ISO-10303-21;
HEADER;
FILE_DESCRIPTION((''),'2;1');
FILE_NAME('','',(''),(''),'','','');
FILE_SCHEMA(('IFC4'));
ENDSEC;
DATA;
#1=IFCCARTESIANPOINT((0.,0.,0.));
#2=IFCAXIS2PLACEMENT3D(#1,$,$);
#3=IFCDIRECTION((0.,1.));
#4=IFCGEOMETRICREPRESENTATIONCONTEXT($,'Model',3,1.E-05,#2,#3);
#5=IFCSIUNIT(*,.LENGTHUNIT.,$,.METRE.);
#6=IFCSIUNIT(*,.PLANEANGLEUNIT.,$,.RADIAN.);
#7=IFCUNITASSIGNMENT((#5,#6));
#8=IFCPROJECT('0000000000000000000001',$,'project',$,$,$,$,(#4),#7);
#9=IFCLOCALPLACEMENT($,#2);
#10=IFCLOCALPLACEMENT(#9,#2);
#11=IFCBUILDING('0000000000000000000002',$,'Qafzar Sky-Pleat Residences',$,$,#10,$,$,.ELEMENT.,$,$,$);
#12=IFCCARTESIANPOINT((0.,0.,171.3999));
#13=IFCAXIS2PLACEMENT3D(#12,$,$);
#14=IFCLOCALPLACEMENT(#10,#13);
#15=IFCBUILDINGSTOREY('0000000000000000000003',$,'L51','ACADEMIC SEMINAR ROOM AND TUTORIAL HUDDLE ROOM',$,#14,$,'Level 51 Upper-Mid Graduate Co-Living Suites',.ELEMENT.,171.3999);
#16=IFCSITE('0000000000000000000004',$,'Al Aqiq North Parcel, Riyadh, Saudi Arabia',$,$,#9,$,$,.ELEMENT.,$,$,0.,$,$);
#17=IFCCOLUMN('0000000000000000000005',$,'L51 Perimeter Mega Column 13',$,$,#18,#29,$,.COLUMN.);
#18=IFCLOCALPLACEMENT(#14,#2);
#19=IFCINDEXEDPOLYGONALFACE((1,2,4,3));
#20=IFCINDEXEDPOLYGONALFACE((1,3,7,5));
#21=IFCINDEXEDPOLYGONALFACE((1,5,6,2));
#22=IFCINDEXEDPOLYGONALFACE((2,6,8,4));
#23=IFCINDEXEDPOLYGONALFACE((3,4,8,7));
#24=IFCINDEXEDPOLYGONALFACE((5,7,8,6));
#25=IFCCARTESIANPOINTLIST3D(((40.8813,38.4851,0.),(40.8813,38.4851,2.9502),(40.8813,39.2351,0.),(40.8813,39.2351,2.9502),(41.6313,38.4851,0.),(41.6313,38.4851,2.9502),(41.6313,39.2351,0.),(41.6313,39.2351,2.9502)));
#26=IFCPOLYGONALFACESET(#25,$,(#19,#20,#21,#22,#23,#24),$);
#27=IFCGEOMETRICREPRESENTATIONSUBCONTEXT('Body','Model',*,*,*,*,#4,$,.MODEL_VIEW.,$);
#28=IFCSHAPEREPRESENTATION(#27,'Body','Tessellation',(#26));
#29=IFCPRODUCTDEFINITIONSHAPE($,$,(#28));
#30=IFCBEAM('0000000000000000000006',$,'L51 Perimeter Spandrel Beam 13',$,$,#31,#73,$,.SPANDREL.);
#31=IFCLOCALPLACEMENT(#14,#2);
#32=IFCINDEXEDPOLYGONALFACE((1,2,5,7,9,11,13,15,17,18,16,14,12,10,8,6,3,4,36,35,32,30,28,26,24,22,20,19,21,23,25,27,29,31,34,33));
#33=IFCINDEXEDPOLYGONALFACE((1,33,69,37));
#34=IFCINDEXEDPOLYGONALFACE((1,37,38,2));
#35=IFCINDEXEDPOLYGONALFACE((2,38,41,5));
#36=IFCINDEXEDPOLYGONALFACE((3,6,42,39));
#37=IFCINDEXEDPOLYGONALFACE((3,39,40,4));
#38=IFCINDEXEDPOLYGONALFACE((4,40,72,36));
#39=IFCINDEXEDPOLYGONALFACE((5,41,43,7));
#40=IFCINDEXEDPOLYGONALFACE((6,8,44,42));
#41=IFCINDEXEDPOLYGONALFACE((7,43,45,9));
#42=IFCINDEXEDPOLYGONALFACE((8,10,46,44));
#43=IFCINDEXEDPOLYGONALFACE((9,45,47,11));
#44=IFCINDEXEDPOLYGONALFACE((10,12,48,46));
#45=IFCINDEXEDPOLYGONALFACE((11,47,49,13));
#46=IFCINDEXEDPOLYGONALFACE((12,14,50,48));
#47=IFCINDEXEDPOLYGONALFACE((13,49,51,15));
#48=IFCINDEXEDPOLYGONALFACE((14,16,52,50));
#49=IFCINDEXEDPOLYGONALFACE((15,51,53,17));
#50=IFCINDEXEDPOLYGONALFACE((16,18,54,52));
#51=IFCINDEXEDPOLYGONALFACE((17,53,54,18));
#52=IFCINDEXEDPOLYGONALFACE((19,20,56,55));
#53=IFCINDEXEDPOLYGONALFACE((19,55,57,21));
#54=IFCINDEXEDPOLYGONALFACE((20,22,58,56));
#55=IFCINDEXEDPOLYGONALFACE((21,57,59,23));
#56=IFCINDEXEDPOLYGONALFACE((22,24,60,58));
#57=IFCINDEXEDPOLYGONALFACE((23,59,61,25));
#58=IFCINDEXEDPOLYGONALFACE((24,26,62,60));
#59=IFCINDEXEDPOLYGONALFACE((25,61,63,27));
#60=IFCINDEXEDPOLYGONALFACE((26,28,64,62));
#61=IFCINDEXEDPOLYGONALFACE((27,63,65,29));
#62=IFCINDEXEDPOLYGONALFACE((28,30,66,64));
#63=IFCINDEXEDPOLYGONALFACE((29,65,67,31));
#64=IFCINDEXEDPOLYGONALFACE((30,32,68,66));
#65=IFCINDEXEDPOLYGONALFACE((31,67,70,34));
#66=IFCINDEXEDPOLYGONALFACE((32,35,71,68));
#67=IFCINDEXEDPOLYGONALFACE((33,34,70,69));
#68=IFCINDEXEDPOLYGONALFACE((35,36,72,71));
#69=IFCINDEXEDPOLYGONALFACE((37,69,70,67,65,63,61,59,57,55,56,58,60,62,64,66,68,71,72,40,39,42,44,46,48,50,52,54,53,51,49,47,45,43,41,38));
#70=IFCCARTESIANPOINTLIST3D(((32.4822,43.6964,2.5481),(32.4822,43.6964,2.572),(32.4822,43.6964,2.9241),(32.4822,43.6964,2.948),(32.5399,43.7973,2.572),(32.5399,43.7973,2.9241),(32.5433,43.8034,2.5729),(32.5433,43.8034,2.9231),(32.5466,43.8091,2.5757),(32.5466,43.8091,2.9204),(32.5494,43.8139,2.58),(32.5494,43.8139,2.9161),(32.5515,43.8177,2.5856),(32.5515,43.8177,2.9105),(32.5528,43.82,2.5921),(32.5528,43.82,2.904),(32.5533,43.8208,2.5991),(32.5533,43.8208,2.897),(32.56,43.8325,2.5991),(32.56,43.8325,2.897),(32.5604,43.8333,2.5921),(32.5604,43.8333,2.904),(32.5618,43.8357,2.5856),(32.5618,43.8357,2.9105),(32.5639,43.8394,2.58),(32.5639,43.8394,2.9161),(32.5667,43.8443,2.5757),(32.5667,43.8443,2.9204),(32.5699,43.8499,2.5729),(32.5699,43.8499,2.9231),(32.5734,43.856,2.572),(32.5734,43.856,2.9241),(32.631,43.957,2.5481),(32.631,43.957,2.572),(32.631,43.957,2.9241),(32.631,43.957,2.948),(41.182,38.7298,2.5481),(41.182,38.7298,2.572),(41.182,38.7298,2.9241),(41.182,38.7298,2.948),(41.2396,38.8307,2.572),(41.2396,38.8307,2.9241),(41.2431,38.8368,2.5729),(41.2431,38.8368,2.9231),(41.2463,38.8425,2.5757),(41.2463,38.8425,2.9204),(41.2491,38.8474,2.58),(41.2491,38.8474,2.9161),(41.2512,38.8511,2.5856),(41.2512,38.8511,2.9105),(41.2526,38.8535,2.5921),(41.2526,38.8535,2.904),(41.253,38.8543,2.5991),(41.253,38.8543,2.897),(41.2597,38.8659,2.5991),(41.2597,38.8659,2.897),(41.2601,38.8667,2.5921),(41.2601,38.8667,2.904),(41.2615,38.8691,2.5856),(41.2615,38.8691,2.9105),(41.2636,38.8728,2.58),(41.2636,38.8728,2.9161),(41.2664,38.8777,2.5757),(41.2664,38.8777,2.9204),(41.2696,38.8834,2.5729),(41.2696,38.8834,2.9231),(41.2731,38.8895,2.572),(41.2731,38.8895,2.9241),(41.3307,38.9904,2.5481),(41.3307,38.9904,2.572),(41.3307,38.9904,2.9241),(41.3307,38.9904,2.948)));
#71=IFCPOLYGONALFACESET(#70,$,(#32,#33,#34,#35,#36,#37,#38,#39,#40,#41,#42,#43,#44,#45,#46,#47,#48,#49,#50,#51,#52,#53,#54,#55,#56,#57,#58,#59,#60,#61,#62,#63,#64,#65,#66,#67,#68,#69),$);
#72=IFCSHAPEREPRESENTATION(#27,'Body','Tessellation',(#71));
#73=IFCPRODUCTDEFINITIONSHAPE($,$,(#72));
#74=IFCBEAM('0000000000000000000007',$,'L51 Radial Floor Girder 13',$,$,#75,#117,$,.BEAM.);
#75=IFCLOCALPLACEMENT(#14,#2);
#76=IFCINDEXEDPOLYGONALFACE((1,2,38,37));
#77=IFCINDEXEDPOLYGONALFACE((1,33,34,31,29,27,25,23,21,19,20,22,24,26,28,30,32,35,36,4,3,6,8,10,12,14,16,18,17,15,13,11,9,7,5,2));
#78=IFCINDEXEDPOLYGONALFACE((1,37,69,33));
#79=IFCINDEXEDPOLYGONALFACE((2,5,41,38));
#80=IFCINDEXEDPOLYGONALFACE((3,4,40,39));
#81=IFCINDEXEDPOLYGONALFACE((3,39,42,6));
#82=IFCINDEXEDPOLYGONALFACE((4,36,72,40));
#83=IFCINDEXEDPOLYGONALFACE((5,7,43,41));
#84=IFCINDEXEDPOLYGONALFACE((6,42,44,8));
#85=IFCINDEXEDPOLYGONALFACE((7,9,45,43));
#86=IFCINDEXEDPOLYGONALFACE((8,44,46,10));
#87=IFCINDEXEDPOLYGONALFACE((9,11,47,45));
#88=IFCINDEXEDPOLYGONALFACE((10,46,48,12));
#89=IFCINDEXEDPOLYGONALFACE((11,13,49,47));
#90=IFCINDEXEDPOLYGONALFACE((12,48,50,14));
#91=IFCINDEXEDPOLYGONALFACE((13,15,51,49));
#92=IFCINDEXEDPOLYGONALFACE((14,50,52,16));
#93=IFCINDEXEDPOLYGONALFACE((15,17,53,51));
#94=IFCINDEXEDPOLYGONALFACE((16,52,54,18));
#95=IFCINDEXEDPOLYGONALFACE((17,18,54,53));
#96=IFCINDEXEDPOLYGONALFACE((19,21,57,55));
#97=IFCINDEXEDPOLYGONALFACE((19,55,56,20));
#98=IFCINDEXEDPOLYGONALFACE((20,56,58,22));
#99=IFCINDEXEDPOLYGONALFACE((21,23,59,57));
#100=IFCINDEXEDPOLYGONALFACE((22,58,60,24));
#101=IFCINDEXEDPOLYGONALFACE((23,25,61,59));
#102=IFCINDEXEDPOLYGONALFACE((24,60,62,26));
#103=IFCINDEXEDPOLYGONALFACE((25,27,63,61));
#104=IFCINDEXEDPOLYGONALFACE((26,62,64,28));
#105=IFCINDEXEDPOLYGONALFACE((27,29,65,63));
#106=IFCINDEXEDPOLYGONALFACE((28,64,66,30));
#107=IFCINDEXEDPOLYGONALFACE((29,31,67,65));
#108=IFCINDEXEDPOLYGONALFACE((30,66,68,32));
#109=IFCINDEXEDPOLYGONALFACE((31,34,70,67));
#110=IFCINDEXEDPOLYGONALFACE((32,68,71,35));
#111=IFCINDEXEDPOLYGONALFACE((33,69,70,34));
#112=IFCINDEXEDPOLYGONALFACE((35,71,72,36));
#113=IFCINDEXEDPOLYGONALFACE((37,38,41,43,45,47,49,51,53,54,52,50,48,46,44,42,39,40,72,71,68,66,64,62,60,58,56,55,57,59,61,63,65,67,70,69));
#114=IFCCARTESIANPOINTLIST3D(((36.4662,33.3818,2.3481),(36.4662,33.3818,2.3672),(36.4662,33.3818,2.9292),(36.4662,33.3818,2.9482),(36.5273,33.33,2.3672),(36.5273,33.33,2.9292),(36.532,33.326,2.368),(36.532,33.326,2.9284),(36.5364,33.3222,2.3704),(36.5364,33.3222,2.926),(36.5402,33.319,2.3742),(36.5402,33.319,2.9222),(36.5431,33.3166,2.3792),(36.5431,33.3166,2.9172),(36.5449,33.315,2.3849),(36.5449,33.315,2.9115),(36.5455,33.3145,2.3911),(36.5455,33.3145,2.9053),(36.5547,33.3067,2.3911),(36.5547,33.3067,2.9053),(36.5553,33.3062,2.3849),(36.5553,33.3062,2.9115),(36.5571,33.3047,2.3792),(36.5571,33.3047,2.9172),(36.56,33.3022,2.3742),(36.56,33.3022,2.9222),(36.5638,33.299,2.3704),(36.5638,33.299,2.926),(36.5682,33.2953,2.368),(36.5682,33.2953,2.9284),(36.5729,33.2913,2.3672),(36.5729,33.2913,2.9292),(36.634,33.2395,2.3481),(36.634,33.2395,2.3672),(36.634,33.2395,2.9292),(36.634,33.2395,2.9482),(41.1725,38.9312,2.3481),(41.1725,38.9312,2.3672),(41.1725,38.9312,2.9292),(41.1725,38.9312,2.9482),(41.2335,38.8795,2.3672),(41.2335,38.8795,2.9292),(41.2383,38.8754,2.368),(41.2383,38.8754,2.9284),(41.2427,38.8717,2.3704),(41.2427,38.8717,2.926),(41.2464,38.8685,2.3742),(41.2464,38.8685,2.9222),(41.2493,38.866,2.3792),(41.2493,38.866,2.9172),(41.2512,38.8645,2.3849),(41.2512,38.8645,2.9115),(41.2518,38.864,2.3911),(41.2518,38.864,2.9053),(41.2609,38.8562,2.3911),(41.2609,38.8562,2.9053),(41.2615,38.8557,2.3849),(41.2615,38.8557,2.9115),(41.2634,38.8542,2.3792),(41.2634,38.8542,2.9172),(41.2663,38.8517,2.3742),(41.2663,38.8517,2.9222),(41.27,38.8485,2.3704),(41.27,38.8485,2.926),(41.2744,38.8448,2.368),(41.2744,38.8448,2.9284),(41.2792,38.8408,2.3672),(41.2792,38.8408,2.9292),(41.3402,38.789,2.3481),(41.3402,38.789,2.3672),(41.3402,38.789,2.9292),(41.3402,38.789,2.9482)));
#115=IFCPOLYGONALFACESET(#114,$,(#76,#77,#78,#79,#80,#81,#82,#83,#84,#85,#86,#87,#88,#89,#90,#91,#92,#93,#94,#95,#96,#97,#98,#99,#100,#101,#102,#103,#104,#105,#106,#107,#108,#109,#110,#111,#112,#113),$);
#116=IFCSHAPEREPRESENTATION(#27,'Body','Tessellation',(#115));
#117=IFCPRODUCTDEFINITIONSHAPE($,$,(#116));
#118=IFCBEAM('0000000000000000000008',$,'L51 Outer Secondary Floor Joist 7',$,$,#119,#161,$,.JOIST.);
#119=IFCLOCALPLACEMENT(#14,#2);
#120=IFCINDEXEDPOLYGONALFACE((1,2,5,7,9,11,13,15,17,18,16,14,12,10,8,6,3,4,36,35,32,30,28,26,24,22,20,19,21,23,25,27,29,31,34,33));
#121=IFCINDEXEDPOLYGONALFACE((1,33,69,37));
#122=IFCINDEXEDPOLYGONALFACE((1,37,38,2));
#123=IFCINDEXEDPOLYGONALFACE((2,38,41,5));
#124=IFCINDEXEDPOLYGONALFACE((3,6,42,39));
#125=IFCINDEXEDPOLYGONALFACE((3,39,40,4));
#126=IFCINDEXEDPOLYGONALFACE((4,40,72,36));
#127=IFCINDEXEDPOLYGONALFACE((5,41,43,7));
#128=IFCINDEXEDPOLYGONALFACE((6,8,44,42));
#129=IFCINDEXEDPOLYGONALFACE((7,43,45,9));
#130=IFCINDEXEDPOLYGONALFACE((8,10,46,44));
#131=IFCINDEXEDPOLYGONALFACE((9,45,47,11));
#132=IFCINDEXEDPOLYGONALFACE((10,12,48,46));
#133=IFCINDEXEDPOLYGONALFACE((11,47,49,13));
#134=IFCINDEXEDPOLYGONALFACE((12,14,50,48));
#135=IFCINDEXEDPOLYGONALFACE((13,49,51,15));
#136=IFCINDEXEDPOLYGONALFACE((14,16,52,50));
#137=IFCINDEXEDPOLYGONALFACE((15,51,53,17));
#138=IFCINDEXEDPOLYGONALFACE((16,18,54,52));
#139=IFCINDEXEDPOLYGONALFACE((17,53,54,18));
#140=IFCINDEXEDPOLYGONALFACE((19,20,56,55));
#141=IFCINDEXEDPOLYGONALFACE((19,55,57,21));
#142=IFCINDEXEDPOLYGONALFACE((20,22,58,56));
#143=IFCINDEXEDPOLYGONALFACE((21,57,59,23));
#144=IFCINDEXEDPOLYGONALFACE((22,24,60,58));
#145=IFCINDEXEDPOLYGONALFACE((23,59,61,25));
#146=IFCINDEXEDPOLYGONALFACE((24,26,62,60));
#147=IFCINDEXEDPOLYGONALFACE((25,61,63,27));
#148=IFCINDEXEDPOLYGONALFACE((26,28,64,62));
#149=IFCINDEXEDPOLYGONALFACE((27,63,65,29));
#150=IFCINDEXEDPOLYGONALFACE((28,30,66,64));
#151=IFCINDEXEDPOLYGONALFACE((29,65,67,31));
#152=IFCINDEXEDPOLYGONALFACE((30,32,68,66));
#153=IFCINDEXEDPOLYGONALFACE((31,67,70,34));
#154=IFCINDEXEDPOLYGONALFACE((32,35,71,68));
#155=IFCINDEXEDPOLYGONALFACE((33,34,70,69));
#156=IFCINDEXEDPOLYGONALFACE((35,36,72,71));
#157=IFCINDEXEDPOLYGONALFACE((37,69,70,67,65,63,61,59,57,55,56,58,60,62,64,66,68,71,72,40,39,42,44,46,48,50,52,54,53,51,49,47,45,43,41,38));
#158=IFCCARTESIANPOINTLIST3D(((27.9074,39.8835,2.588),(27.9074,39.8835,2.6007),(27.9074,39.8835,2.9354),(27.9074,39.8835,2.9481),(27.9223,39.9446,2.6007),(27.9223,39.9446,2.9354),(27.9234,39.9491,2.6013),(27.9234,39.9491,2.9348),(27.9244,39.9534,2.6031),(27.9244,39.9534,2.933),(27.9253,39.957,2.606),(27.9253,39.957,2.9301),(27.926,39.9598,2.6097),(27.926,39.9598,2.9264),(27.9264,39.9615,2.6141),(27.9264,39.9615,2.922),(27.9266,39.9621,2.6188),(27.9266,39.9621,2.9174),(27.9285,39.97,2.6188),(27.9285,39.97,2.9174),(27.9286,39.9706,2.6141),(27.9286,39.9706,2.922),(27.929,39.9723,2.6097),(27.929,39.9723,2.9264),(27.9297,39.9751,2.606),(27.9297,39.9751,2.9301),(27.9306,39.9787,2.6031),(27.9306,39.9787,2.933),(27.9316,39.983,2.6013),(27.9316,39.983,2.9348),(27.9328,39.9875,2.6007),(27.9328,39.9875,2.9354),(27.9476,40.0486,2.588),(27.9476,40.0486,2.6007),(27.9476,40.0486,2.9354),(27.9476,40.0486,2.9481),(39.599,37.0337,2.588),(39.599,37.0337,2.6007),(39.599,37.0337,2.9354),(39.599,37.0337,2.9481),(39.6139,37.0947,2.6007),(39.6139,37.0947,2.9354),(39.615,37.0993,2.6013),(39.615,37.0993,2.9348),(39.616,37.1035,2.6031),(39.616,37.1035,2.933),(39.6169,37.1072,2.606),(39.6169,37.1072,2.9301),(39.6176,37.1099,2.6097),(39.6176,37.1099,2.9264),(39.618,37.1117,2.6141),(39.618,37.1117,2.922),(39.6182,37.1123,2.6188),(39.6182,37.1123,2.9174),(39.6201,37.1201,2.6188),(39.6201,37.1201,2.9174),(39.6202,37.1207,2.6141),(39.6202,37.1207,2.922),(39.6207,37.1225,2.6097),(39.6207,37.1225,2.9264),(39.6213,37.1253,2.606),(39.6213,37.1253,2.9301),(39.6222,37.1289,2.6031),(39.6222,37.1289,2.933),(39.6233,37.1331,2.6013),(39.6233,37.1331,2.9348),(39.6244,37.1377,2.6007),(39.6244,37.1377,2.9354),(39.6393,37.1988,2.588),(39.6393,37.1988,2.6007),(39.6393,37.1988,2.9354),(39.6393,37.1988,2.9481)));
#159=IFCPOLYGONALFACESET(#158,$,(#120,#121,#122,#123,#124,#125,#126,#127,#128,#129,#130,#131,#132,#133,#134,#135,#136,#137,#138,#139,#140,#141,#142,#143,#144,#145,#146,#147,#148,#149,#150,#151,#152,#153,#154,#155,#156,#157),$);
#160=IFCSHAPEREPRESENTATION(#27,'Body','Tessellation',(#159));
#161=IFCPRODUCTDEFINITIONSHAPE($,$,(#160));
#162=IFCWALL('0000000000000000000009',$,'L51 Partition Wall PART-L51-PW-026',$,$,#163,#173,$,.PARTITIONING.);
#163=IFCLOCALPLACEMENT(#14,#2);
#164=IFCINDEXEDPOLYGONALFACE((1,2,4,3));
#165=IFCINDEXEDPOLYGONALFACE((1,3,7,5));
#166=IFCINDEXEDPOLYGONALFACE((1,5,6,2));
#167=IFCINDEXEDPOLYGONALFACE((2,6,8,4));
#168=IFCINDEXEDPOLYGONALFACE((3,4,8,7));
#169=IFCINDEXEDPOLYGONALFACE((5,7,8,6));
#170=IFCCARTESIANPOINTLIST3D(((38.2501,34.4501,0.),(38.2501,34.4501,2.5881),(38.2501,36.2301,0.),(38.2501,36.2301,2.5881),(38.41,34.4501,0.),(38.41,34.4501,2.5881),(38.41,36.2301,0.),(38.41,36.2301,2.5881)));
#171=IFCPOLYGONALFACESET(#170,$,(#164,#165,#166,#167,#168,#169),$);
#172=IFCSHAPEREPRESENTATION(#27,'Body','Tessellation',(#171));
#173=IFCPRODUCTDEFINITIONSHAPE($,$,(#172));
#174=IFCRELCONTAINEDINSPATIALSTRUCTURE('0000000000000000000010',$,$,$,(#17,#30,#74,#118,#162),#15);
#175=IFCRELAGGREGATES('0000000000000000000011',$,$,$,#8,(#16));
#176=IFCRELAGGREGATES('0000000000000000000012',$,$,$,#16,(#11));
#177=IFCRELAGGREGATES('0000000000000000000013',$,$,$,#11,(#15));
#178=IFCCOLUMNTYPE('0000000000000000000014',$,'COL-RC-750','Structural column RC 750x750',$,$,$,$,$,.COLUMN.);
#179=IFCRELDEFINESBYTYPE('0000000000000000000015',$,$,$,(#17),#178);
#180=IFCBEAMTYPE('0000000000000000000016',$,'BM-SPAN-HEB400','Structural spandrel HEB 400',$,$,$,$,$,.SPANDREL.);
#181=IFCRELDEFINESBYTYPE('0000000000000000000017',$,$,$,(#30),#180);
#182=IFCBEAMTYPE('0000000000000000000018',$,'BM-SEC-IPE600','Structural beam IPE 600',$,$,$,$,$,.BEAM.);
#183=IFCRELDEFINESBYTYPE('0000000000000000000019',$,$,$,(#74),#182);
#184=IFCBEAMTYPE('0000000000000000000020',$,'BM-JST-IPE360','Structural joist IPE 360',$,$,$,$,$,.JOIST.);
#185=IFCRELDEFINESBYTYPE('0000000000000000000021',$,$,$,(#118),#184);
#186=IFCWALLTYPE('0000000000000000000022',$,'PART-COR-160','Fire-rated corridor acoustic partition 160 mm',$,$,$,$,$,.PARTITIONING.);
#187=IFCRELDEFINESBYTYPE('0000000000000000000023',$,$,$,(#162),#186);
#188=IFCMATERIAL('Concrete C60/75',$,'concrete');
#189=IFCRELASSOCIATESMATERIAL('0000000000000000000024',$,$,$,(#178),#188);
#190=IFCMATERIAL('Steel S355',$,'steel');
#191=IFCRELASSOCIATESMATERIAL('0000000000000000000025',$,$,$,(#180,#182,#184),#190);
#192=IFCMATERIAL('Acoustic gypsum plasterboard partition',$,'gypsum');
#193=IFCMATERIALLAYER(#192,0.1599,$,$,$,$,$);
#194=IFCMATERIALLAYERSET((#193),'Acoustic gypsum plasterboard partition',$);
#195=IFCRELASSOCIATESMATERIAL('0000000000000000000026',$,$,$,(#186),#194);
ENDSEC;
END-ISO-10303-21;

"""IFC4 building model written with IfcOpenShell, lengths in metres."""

from ifc_helpers import new_model, si_unit, direction, frame, frame_2d, origin, origin_2d, place, context, subcontext, project, spatial, rectangle, i_section, extrude, source, transform, mapped, material, layer, layer_set, material_profile, profile_set, type_object, element, save


model = new_model("IFC4")

# Units and contexts
model_context = context("Model", 3, precision=1e-05, world=origin(), true_north=direction((0.0, 1.0)))
body_context = subcontext(model_context, "Body", "Model", "MODEL_VIEW")
ifc_project = project(units=[si_unit("LENGTHUNIT", "METRE"), si_unit("PLANEANGLEUNIT", "RADIAN")], contexts=[model_context])

# Site, building, storey
site_placement = place(None, origin())
site = spatial("IfcSite", under=ifc_project, at=site_placement, Name="Al Aqiq North Parcel, Riyadh, Saudi Arabia", CompositionType="ELEMENT", RefElevation=0.0)
building_placement = place(site_placement, origin())
building = spatial("IfcBuilding", under=site, at=building_placement, Name="Qafzar Sky-Pleat Residences", CompositionType="ELEMENT")
storey_placement = place(building_placement, frame((0.0, 0.0, 171.3999)))
storey = spatial("IfcBuildingStorey", under=building, at=storey_placement, Name="L51", Description="ACADEMIC SEMINAR ROOM AND TUTORIAL HUDDLE ROOM", LongName="Level 51 Upper-Mid Graduate Co-Living Suites", CompositionType="ELEMENT", Elevation=171.3999)

# Column
ifc_material_1 = material(Name="Concrete C60/75", Category="concrete")
ifc_material_profile_1 = material_profile(ifc_material_1, rectangle(XDim=0.75, YDim=0.75, at=origin_2d()), Name="RC 750x750")
ifc_profile_set_1 = profile_set([ifc_material_profile_1], Name="Concrete C60/75")
column_type = type_object("IfcColumnType", Name="COL-RC-750", Description="Structural column RC 750x750", PredefinedType="COLUMN", material=ifc_profile_set_1)
shared_shape_1 = source(origin(), body_context, "Body", "SweptSolid", [
    extrude(rectangle(XDim=0.75, YDim=0.75, at=origin_2d()), origin(), (0.0, 0.0, 1.0), 2.9502),
])
column_placement = place(storey_placement, frame((41.2563, 38.8601, 0.0), z_axis=(0.0, 0.0, 1.0), x_axis=(1.0, 0.0, 0.0)))
element("IfcColumn", 1, at=column_placement, inside=storey, type_object=column_type, Name="L51 Perimeter Mega Column 13", PredefinedType="COLUMN", context=body_context, shape_type="MappedRepresentation", body=[
    mapped(shared_shape_1, transform((0.0, 0.0, 0.0), x_axis=(1.0, 0.0, 0.0), y_axis=(0.0, 1.0, 0.0), z_axis=(0.0, 0.0, 1.0), scale=1.0)),
])

# Beams
ifc_material_2 = material(Name="Steel S355", Category="steel")
ifc_material_profile_2 = material_profile(ifc_material_2, i_section(OverallWidth=0.3, OverallDepth=0.3999, WebThickness=0.0134, FlangeThickness=0.0239, FilletRadius=0.0271, at=origin_2d()), Name="HEB 400")
ifc_profile_set_2 = profile_set([ifc_material_profile_2], Name="Steel S355")
beam_type_1 = type_object("IfcBeamType", Name="BM-SPAN-HEB400", Description="Structural spandrel HEB 400", PredefinedType="SPANDREL", material=ifc_profile_set_2)
shared_shape_2 = source(origin(), body_context, "Body", "SweptSolid", [
    extrude(i_section(OverallWidth=0.3, OverallDepth=0.3999, WebThickness=0.0134, FlangeThickness=0.0239, FilletRadius=0.0271, at=origin_2d()), origin(), (0.0, 0.0, 1.0), 10.0176),
])
beam_1_placement = place(storey_placement, frame((41.2563, 38.8601, 2.748), z_axis=(-0.868446, 0.495785, 0.0), x_axis=(-0.495785, -0.868446, 0.0)))
element("IfcBeam", 2, at=beam_1_placement, inside=storey, type_object=beam_type_1, Name="L51 Perimeter Spandrel Beam 13", PredefinedType="SPANDREL", context=body_context, shape_type="MappedRepresentation", body=[
    mapped(shared_shape_2, transform((0.0, 0.0, 0.0), x_axis=(1.0, 0.0, 0.0), y_axis=(0.0, 1.0, 0.0), z_axis=(0.0, 0.0, 1.0), scale=1.0)),
])
ifc_material_profile_3 = material_profile(ifc_material_2, i_section(OverallWidth=0.22, OverallDepth=0.6001, WebThickness=0.012, FlangeThickness=0.019, FilletRadius=0.0239, at=origin_2d()), Name="IPE 600")
ifc_profile_set_3 = profile_set([ifc_material_profile_3], Name="Steel S355")
beam_type_2 = type_object("IfcBeamType", Name="BM-SEC-IPE600", Description="Structural beam IPE 600", PredefinedType="BEAM", material=ifc_profile_set_3)
shared_shape_3 = source(origin(), body_context, "Body", "SweptSolid", [
    extrude(i_section(OverallWidth=0.22, OverallDepth=0.6001, WebThickness=0.012, FlangeThickness=0.019, FilletRadius=0.0239, at=origin_2d()), origin(), (0.0, 0.0, 1.0), 7.2764),
])
beam_2_placement = place(storey_placement, frame((41.2563, 38.8601, 2.6482), z_axis=(-0.646784, -0.762673, 0.0), x_axis=(0.762673, -0.646784, 0.0)))
element("IfcBeam", 3, at=beam_2_placement, inside=storey, type_object=beam_type_2, Name="L51 Radial Floor Girder 13", PredefinedType="BEAM", context=body_context, shape_type="MappedRepresentation", body=[
    mapped(shared_shape_3, transform((0.0, 0.0, 0.0), x_axis=(1.0, 0.0, 0.0), y_axis=(0.0, 1.0, 0.0), z_axis=(0.0, 0.0, 1.0), scale=1.0)),
])
ifc_material_profile_4 = material_profile(ifc_material_2, i_section(OverallWidth=0.1699, OverallDepth=0.3601, WebThickness=0.0081, FlangeThickness=0.0127, FilletRadius=0.0181, at=origin_2d()), Name="IPE 360")
ifc_profile_set_4 = profile_set([ifc_material_profile_4], Name="Steel S355")
beam_type_3 = type_object("IfcBeamType", Name="BM-JST-IPE360", Description="Structural joist IPE 360", PredefinedType="JOIST", material=ifc_profile_set_4)
shared_shape_4 = source(origin(), body_context, "Body", "SweptSolid", [
    extrude(i_section(OverallWidth=0.1699, OverallDepth=0.3601, WebThickness=0.0081, FlangeThickness=0.0127, FilletRadius=0.0181, at=origin_2d()), origin(), (0.0, 0.0, 1.0), 12.0339),
])
beam_3_placement = place(storey_placement, frame((39.6191, 37.1162, 2.7681), z_axis=(-0.971554, 0.236817, 0.0), x_axis=(-0.236817, -0.971554, 0.0)))
element("IfcBeam", 4, at=beam_3_placement, inside=storey, type_object=beam_type_3, Name="L51 Outer Secondary Floor Joist 7", PredefinedType="JOIST", context=body_context, shape_type="MappedRepresentation", body=[
    mapped(shared_shape_4, transform((0.0, 0.0, 0.0), x_axis=(1.0, 0.0, 0.0), y_axis=(0.0, 1.0, 0.0), z_axis=(0.0, 0.0, 1.0), scale=1.0)),
])

# Wall
ifc_material_3 = material(Name="Acoustic gypsum plasterboard partition", Category="gypsum")
ifc_layer_1 = layer(ifc_material_3, 0.1599)
ifc_layer_set_1 = layer_set([ifc_layer_1], Name="Acoustic gypsum plasterboard partition")
wall_type_1 = type_object("IfcWallType", Name="PART-COR-160", Description="Fire-rated corridor acoustic partition 160 mm", PredefinedType="PARTITIONING", material=ifc_layer_set_1)
wall_1_placement = place(storey_placement, frame((38.3301, 34.45, 0.0), z_axis=(0.0, 0.0, 1.0), x_axis=(0.0, 1.0, 0.0)))
element("IfcWall", 5, at=wall_1_placement, inside=storey, type_object=wall_type_1, Name="L51 Partition Wall PART-L51-PW-026", PredefinedType="PARTITIONING", context=body_context, shape_type="SweptSolid", body=[
    extrude(rectangle(XDim=1.78, YDim=0.1599, at=frame_2d((0.8901, 0.0))), origin(), (0.0, 0.0, 1.0), 2.5881),
])

save(model, "model.ifc")
